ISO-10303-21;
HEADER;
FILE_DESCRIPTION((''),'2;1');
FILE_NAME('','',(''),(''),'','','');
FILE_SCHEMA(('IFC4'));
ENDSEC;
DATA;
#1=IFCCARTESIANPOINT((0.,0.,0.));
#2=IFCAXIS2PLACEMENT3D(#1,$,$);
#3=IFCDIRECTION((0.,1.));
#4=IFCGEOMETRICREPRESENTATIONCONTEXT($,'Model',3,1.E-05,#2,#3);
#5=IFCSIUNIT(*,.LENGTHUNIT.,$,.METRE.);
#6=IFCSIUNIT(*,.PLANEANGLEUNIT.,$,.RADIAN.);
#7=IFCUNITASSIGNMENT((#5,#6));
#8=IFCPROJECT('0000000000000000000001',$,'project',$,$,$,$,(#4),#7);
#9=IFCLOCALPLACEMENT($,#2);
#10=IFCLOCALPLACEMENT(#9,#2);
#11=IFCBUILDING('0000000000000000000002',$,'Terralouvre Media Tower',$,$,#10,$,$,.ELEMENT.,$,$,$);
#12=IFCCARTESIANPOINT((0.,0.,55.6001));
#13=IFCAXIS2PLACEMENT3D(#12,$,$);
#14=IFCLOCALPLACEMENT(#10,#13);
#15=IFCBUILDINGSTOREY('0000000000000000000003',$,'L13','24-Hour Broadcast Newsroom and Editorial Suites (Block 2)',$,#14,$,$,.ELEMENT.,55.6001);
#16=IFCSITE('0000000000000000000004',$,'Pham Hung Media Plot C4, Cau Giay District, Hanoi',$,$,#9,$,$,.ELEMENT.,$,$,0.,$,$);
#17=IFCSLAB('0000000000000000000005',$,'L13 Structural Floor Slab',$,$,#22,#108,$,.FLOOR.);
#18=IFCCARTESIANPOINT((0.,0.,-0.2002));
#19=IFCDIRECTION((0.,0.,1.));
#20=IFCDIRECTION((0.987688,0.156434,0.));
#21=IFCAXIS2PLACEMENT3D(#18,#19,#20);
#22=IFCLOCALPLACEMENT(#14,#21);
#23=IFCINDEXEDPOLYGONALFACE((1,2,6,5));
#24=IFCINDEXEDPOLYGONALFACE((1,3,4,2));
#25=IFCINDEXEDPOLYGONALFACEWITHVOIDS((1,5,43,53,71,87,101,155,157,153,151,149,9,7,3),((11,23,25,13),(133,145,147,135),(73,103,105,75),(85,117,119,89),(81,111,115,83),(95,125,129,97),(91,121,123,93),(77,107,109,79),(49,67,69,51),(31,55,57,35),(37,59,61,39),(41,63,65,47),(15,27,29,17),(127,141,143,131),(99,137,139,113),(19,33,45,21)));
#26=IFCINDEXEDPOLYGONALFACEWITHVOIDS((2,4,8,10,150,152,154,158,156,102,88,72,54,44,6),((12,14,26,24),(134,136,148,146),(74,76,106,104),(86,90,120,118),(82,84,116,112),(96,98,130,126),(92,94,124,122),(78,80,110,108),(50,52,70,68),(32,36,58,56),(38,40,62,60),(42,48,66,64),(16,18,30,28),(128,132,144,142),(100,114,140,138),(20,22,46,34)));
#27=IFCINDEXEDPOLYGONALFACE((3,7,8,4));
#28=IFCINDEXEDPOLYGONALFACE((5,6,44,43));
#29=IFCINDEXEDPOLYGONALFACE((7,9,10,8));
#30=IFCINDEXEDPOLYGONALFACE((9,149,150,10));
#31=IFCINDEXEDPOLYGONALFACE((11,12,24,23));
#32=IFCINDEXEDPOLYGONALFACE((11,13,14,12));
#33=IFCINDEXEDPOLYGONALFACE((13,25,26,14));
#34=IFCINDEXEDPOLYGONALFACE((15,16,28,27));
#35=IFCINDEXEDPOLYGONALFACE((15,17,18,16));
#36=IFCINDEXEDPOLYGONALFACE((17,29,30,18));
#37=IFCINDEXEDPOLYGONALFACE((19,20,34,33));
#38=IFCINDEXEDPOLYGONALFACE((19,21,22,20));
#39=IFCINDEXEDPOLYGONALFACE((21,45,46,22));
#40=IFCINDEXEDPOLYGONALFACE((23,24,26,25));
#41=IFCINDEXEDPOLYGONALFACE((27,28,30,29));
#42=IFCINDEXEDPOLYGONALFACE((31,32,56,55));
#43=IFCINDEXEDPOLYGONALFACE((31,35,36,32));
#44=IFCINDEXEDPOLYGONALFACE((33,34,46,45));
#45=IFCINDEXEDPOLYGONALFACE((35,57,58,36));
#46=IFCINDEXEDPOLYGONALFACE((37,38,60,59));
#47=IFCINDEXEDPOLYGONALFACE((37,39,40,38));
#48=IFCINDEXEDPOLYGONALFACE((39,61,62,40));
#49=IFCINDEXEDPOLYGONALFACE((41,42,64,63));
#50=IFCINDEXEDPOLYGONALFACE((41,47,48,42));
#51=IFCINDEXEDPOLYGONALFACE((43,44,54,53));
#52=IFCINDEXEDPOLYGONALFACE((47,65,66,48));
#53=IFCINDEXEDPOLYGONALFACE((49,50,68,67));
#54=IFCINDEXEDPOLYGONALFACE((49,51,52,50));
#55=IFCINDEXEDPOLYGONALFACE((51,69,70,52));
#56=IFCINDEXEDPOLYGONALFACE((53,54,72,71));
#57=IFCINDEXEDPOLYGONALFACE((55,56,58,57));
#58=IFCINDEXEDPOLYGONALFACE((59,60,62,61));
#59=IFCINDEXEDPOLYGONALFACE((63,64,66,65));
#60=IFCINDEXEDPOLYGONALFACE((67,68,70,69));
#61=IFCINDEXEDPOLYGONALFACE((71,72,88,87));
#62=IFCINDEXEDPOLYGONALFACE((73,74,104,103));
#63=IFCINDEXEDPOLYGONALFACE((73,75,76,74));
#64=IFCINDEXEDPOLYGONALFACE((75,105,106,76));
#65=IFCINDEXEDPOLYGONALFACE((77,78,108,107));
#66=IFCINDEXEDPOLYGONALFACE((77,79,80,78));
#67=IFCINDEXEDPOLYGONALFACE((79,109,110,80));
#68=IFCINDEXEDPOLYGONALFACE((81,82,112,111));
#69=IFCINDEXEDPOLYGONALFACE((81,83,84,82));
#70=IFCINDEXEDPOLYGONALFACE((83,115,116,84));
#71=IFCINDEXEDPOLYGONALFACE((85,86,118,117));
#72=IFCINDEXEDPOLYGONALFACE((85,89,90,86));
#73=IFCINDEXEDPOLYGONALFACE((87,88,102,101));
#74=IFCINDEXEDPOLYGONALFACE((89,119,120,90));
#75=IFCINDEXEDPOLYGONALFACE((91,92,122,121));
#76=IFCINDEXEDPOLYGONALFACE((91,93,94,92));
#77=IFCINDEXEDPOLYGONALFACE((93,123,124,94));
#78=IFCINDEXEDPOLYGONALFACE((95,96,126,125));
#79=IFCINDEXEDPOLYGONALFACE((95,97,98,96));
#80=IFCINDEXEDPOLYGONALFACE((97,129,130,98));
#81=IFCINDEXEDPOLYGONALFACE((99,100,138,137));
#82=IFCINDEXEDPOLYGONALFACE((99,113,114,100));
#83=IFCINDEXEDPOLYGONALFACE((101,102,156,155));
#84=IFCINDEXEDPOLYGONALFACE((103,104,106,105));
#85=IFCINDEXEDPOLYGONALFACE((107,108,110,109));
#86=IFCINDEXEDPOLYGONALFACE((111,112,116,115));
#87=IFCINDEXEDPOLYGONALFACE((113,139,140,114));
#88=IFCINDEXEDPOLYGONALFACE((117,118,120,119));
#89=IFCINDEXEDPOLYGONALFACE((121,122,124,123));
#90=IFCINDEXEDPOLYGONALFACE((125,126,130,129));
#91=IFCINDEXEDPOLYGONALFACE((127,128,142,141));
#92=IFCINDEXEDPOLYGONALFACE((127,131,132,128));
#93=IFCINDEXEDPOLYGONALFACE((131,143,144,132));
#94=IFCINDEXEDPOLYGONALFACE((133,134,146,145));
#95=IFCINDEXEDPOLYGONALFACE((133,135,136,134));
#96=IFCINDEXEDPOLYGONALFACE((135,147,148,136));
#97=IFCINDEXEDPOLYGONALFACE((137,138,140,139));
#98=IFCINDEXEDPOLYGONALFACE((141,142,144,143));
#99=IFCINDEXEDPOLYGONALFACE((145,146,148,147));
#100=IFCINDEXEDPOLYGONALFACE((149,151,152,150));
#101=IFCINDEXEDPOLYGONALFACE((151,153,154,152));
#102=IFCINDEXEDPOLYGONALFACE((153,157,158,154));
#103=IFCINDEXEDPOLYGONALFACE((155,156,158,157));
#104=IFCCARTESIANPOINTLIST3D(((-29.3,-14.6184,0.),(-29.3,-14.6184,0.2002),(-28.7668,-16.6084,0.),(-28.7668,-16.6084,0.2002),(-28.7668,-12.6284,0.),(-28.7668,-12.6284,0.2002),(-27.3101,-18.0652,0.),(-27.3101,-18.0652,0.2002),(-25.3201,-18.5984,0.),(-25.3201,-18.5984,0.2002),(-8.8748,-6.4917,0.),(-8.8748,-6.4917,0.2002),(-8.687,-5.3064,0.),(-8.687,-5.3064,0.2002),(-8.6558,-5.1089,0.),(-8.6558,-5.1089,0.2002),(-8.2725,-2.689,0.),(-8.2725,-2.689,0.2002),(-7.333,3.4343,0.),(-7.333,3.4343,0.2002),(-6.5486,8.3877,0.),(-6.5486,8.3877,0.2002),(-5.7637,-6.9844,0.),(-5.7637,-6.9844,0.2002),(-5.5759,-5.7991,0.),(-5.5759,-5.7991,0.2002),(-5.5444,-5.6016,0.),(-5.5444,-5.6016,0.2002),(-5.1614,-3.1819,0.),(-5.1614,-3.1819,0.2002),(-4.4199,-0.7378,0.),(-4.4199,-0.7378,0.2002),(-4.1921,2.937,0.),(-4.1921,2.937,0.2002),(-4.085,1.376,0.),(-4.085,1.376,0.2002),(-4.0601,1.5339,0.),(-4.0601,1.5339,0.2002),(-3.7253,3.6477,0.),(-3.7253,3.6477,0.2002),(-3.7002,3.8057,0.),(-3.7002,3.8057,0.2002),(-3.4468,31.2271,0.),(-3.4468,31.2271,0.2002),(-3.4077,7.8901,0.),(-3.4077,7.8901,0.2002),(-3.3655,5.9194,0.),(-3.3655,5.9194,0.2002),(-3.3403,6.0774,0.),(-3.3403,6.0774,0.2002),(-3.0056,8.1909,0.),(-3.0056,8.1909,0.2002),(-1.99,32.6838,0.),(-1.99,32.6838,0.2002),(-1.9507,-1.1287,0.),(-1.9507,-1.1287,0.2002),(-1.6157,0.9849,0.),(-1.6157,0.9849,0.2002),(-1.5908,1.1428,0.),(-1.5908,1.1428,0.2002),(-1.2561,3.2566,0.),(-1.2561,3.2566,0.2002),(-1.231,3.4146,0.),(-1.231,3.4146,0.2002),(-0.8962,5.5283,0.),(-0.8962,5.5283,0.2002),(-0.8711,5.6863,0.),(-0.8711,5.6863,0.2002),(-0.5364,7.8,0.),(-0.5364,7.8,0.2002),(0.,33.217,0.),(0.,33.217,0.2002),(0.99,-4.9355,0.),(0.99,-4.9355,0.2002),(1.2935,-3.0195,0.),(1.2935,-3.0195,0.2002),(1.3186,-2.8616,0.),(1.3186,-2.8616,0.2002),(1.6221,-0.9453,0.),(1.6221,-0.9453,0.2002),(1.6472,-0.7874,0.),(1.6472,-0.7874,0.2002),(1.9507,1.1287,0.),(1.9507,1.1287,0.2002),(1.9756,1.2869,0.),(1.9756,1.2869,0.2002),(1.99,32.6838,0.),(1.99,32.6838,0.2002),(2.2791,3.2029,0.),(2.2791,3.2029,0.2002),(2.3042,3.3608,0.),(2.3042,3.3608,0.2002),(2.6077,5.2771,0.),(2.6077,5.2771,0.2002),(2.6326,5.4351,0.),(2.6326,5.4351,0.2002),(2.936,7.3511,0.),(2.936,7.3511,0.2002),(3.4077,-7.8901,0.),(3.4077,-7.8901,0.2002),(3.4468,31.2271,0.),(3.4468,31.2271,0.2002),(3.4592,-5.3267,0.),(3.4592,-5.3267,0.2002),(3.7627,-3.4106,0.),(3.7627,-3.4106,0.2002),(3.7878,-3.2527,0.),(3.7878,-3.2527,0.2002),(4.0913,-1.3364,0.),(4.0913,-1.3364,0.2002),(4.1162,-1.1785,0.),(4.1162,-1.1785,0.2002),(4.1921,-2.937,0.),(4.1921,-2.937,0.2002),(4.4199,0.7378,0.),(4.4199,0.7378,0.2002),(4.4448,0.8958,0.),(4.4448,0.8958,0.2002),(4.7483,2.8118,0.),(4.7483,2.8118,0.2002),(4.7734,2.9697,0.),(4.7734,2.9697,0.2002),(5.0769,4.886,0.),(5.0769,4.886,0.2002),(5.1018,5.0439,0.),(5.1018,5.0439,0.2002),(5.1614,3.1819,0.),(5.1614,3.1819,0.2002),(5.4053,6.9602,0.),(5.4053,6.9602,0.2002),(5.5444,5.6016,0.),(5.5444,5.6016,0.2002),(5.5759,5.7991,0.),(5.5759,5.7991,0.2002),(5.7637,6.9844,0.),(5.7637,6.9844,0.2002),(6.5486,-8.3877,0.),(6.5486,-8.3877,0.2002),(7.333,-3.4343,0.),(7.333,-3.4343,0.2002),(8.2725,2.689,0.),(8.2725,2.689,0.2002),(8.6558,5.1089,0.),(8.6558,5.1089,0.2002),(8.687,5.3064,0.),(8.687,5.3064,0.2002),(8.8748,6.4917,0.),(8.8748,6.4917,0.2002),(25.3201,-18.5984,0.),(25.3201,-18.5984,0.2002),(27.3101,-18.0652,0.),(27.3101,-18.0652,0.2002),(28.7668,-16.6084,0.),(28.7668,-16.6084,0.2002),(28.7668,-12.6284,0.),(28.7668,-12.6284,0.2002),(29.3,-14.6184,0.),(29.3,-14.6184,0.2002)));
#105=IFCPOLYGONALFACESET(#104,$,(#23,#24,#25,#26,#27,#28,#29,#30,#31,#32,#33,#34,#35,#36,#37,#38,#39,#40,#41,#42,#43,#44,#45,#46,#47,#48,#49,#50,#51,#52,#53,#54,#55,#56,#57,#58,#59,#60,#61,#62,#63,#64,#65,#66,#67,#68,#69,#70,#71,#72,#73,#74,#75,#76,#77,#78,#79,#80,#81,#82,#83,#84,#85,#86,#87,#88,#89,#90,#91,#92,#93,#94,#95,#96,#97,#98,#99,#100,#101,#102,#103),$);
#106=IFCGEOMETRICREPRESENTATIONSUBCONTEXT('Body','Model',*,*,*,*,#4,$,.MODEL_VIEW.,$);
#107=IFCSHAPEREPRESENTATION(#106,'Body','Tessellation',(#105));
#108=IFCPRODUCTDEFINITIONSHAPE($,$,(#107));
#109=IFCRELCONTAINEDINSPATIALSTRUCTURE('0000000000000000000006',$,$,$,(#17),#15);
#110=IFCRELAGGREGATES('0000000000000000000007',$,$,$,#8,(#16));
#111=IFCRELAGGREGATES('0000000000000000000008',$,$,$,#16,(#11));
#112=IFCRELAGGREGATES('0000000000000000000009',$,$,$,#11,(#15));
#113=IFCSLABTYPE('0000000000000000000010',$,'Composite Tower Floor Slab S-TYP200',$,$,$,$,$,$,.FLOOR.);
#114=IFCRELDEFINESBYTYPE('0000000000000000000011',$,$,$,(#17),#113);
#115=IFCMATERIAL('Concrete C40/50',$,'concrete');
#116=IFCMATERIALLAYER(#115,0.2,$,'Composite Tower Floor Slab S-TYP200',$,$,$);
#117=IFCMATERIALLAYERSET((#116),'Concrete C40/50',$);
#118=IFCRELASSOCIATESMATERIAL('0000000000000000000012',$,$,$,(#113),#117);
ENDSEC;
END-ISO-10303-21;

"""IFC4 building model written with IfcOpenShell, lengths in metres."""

from ifc_helpers import new_model, si_unit, direction, frame, origin, place, context, subcontext, project, spatial, polyline, outline, extrude, material, layer, layer_set, type_object, element, save


model = new_model("IFC4")

# Units and contexts
model_context = context("Model", 3, precision=1e-05, world=origin(), true_north=direction((0.0, 1.0)))
body_context = subcontext(model_context, "Body", "Model", "MODEL_VIEW")
ifc_project = project(units=[si_unit("LENGTHUNIT", "METRE"), si_unit("PLANEANGLEUNIT", "RADIAN")], contexts=[model_context])

# Site, building, storey
site_placement = place(None, origin())
site = spatial("IfcSite", under=ifc_project, at=site_placement, Name="Pham Hung Media Plot C4, Cau Giay District, Hanoi", CompositionType="ELEMENT", RefElevation=0.0)
building_placement = place(site_placement, origin())
building = spatial("IfcBuilding", under=site, at=building_placement, Name="Terralouvre Media Tower", CompositionType="ELEMENT")
storey_placement = place(building_placement, frame((0.0, 0.0, 55.6001)))
storey = spatial("IfcBuildingStorey", under=building, at=storey_placement, Name="L13", Description="24-Hour Broadcast Newsroom and Editorial Suites (Block 2)", CompositionType="ELEMENT", Elevation=55.6001)

# Slab
ifc_material_1 = material(Name="Concrete C40/50", Category="concrete")
ifc_layer_1 = layer(ifc_material_1, 0.2, Name="Composite Tower Floor Slab S-TYP200")
ifc_layer_set_1 = layer_set([ifc_layer_1], Name="Concrete C40/50")
slab_type = type_object("IfcSlabType", Name="Composite Tower Floor Slab S-TYP200", PredefinedType="FLOOR", material=ifc_layer_set_1)
slab_placement = place(storey_placement, frame((0.0, 0.0, -0.2002), z_axis=(0.0, 0.0, 1.0), x_axis=(0.987688, 0.156434, 0.0)))
element("IfcSlab", 1, at=slab_placement, inside=storey, type_object=slab_type, Name="L13 Structural Floor Slab", PredefinedType="FLOOR", context=body_context, shape_type="SweptSolid", body=[
    extrude(outline(polyline([(-28.7668, -12.6284), (-29.3, -14.6184), (-28.7668, -16.6084), (-27.3101, -18.0652), (-25.3201, -18.5984), (25.3201, -18.5984), (27.3101, -18.0652), (28.7668, -16.6084), (29.3, -14.6184), (28.7668, -12.6284), (3.4468, 31.2271), (1.99, 32.6838), (0.0, 33.217), (-1.99, 32.6838), (-3.4468, 31.2271), (-28.7668, -12.6284)]), holes=[polyline([(-5.7637, -6.9844), (-8.8748, -6.4917), (-8.687, -5.3064), (-5.5759, -5.7991), (-5.7637, -6.9844)]), polyline([(-5.5444, -5.6016), (-8.6558, -5.1089), (-8.2725, -2.689), (-5.1614, -3.1819), (-5.5444, -5.6016)]), polyline([(-1.9507, -1.1287), (-4.4199, -0.7378), (-4.085, 1.376), (-1.6157, 0.9849), (-1.9507, -1.1287)]), polyline([(-1.5908, 1.1428), (-4.0601, 1.5339), (-3.7253, 3.6477), (-1.2561, 3.2566), (-1.5908, 1.1428)]), polyline([(4.4448, 0.8958), (1.9756, 1.2869), (2.2791, 3.2029), (4.7483, 2.8118), (4.4448, 0.8958)]), polyline([(-1.231, 3.4146), (-3.7002, 3.8057), (-3.3655, 5.9194), (-0.8962, 5.5283), (-1.231, 3.4146)]), polyline([(-4.1921, 2.937), (-7.333, 3.4343), (-6.5486, 8.3877), (-3.4077, 7.8901), (-4.1921, 2.937)]), polyline([(-0.8711, 5.6863), (-3.3403, 6.0774), (-3.0056, 8.1909), (-0.5364, 7.8), (-0.8711, 5.6863)]), polyline([(4.1921, -2.937), (7.333, -3.4343), (6.5486, -8.3877), (3.4077, -7.8901), (4.1921, -2.937)]), polyline([(3.4592, -5.3267), (0.99, -4.9355), (1.2935, -3.0195), (3.7627, -3.4106), (3.4592, -5.3267)]), polyline([(3.7878, -3.2527), (1.3186, -2.8616), (1.6221, -0.9453), (4.0913, -1.3364), (3.7878, -3.2527)]), polyline([(4.1162, -1.1785), (1.6472, -0.7874), (1.9507, 1.1287), (4.4199, 0.7378), (4.1162, -1.1785)]), polyline([(4.7734, 2.9697), (2.3042, 3.3608), (2.6077, 5.2771), (5.0769, 4.886), (4.7734, 2.9697)]), polyline([(8.2725, 2.689), (5.1614, 3.1819), (5.5444, 5.6016), (8.6558, 5.1089), (8.2725, 2.689)]), polyline([(5.1018, 5.0439), (2.6326, 5.4351), (2.936, 7.3511), (5.4053, 6.9602), (5.1018, 5.0439)]), polyline([(8.687, 5.3064), (5.5759, 5.7991), (5.7637, 6.9844), (8.8748, 6.4917), (8.687, 5.3064)])]), origin(), (0.0, 0.0, 1.0), 0.2002),
])

save(model, "model.ifc")
